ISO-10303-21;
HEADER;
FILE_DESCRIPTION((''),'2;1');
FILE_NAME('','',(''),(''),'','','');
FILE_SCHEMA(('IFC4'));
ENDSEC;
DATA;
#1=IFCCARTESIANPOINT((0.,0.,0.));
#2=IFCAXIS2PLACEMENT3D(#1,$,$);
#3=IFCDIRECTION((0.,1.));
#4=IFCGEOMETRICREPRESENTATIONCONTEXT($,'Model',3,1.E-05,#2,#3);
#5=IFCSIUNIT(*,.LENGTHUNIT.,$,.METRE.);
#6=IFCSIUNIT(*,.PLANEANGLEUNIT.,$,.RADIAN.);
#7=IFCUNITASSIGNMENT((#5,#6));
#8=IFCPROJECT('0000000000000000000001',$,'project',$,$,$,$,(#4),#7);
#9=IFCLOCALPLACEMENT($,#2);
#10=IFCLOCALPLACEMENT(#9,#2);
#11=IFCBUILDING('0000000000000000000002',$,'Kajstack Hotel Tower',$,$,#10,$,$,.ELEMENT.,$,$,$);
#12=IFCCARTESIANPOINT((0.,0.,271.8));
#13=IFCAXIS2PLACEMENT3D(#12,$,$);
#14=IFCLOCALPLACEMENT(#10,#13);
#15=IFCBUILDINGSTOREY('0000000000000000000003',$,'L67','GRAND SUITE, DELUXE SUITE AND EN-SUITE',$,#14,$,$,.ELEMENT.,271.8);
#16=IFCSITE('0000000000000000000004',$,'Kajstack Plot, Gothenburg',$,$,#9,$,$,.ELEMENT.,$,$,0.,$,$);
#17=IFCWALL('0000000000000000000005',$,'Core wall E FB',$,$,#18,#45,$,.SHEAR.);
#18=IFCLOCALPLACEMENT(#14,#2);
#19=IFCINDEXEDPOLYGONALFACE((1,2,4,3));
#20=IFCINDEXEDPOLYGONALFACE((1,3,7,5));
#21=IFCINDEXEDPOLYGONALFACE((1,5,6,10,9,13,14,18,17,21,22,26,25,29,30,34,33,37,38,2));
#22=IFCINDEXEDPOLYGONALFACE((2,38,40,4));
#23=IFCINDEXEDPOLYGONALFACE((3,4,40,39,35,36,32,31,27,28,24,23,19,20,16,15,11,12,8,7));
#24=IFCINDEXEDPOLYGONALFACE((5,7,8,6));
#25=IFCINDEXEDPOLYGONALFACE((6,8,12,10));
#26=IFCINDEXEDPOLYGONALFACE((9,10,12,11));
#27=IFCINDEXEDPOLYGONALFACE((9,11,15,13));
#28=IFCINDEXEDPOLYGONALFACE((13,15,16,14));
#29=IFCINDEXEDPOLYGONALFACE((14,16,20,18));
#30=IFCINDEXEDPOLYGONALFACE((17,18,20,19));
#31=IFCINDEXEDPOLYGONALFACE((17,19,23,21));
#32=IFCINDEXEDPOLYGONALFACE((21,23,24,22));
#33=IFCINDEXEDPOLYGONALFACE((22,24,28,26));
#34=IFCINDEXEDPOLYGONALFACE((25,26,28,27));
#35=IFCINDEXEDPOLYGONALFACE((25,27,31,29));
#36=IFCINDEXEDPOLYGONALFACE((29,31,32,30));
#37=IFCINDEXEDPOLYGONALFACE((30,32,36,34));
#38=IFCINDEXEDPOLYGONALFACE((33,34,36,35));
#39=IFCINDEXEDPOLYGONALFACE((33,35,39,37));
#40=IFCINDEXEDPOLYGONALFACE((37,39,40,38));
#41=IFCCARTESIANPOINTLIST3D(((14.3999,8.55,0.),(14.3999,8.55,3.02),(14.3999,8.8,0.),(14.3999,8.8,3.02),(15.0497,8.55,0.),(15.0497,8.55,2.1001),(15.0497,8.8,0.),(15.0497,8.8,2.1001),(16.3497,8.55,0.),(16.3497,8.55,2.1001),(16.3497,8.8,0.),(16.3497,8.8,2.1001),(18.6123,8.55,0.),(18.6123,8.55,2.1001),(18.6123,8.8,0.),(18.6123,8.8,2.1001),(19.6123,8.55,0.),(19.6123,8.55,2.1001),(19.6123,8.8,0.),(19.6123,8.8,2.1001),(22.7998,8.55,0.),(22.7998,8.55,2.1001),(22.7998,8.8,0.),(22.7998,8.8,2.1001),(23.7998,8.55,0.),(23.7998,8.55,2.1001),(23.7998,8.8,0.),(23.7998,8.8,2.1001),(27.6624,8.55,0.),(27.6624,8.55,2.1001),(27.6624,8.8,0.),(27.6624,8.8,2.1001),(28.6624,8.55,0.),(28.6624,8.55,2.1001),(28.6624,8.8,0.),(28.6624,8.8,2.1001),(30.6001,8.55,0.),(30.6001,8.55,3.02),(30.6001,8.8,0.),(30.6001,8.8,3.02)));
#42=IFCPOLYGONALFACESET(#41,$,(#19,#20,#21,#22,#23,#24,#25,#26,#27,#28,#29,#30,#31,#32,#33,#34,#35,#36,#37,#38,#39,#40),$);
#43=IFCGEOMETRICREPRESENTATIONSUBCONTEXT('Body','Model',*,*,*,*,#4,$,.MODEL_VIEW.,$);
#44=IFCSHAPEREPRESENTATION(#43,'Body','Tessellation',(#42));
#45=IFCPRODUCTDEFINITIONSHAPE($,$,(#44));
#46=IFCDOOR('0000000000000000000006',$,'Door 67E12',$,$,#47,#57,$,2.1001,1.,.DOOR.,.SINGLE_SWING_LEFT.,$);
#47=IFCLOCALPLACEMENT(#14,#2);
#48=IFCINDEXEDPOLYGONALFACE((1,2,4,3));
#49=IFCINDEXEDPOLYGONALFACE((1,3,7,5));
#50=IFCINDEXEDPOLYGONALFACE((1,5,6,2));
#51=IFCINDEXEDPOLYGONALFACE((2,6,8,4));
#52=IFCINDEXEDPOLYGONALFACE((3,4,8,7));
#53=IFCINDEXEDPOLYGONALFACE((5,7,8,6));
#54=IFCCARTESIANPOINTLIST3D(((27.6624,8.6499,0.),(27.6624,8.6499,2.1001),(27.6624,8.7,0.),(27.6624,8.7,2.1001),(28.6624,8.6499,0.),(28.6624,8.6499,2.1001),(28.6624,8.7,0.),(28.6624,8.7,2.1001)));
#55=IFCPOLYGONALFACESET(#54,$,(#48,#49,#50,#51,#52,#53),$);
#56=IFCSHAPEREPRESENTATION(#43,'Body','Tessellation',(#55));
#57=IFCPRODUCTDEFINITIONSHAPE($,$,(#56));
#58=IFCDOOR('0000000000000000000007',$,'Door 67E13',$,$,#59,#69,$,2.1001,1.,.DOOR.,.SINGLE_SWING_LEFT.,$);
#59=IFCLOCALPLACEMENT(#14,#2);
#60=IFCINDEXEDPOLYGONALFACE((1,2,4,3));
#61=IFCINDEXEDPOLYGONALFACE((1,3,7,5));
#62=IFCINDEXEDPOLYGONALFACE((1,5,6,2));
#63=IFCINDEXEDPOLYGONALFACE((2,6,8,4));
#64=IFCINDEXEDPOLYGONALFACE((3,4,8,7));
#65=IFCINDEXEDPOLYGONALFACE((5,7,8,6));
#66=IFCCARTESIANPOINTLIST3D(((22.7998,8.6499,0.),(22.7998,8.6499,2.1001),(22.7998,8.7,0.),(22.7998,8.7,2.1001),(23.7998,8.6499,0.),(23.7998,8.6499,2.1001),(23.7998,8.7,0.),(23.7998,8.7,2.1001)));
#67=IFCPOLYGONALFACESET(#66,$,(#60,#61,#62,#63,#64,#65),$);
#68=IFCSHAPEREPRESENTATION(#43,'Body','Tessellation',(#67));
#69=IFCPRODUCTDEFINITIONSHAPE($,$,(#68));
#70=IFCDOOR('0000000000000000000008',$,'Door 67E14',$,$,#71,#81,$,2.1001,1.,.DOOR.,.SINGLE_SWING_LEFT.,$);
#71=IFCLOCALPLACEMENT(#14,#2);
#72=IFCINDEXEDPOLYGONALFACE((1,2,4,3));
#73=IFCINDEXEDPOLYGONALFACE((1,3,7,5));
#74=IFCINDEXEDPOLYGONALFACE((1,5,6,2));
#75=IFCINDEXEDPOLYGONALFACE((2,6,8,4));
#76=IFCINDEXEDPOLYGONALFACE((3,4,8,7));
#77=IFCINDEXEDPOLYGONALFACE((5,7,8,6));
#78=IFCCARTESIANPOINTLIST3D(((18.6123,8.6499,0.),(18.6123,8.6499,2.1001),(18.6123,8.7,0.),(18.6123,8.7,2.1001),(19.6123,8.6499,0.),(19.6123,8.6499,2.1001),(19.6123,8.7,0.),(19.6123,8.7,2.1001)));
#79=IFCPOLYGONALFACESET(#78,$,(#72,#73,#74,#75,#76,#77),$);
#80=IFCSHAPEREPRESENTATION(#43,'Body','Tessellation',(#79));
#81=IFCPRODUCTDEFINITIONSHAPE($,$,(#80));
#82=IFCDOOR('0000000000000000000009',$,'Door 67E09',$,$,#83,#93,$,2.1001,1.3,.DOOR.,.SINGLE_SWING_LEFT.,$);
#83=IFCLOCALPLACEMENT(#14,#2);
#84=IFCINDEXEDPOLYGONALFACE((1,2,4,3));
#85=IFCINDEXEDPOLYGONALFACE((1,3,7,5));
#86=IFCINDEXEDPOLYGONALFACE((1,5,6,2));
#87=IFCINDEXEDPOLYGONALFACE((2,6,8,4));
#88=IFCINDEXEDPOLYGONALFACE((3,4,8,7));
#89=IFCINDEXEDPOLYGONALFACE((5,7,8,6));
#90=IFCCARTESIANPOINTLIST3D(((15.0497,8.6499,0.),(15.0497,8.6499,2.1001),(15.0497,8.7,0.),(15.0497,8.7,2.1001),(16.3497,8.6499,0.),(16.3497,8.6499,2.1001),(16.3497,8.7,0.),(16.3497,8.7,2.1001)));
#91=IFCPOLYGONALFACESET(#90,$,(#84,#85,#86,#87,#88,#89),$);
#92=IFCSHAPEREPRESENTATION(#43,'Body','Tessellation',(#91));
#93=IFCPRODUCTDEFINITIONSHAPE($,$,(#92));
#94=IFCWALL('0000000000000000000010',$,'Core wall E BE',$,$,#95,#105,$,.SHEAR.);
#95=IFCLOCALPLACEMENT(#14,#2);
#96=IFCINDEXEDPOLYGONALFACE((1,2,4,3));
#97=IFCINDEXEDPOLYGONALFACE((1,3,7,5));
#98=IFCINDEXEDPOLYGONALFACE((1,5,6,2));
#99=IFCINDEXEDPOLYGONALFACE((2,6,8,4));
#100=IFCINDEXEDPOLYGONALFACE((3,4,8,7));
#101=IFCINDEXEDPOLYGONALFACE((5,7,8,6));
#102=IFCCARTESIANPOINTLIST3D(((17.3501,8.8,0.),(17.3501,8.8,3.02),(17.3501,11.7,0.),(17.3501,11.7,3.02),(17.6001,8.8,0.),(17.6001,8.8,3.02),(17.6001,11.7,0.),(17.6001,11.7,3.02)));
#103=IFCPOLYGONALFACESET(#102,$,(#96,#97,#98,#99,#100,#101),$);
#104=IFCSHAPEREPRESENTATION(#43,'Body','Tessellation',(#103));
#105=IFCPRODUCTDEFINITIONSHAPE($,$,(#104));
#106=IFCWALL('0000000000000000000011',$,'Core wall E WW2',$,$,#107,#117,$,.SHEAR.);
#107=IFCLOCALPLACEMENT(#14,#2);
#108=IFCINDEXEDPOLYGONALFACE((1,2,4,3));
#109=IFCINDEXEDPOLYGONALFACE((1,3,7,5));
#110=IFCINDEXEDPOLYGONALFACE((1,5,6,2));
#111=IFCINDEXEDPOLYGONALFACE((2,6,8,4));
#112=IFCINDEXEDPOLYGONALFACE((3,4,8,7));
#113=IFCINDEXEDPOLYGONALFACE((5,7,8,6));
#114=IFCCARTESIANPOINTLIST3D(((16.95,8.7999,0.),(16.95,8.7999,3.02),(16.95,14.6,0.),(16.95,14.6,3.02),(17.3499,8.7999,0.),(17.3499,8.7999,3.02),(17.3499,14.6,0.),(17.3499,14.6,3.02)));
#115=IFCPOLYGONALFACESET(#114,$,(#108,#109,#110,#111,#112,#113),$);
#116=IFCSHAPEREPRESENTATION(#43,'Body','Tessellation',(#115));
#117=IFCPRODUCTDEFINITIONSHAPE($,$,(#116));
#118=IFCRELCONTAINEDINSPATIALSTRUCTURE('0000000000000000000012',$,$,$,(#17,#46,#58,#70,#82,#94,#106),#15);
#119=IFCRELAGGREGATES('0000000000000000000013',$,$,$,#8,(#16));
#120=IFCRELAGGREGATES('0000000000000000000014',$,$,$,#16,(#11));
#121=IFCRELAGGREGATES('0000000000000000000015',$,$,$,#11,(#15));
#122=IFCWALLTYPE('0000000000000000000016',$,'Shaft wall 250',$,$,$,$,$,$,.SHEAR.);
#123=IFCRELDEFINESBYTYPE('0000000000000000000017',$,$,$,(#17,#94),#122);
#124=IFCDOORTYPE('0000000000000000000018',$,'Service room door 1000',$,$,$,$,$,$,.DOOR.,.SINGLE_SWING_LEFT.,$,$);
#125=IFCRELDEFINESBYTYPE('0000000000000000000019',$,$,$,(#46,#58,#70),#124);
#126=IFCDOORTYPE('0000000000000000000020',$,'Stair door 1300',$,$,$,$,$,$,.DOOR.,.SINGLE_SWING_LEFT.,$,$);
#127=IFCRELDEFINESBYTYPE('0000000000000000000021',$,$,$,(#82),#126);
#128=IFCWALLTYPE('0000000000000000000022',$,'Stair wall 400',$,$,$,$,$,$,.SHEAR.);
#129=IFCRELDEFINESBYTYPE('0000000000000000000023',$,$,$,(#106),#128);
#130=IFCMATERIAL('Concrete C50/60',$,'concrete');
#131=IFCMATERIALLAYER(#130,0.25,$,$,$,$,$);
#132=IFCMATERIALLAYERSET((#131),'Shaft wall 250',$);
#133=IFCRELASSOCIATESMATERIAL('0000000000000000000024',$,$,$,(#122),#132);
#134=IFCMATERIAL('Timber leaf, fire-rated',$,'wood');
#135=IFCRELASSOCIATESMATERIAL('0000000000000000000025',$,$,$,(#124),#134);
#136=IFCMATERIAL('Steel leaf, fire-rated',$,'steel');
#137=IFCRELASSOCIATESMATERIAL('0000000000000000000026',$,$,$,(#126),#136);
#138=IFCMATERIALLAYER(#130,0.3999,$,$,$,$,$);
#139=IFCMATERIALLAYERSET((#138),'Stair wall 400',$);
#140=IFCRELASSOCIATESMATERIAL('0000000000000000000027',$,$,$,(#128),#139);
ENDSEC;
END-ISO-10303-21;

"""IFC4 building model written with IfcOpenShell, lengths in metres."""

from ifc_helpers import new_model, si_unit, direction, frame, frame_2d, origin, place, context, subcontext, project, spatial, rectangle, extrude, material, layer, layer_set, type_object, element, fill, save


model = new_model("IFC4")

# Units and contexts
model_context = context("Model", 3, precision=1e-05, world=origin(), true_north=direction((0.0, 1.0)))
body_context = subcontext(model_context, "Body", "Model", "MODEL_VIEW")
ifc_project = project(units=[si_unit("LENGTHUNIT", "METRE"), si_unit("PLANEANGLEUNIT", "RADIAN")], contexts=[model_context])

# Site, building, storey
site_placement = place(None, origin())
site = spatial("IfcSite", under=ifc_project, at=site_placement, Name="Kajstack Plot, Gothenburg", CompositionType="ELEMENT", RefElevation=0.0)
building_placement = place(site_placement, origin())
building = spatial("IfcBuilding", under=site, at=building_placement, Name="Kajstack Hotel Tower", CompositionType="ELEMENT")
storey_placement = place(building_placement, frame((0.0, 0.0, 271.8)))
storey = spatial("IfcBuildingStorey", under=building, at=storey_placement, Name="L67", Description="GRAND SUITE, DELUXE SUITE AND EN-SUITE", CompositionType="ELEMENT", Elevation=271.8)

# Wall, openings, doors
ifc_material_1 = material(Name="Concrete C50/60", Category="concrete")
ifc_layer_1 = layer(ifc_material_1, 0.25)
ifc_layer_set_1 = layer_set([ifc_layer_1], Name="Shaft wall 250")
wall_type_1 = type_object("IfcWallType", Name="Shaft wall 250", PredefinedType="SHEAR", material=ifc_layer_set_1)
ifc_material_2 = material(Name="Timber leaf, fire-rated", Category="wood")
door_type_1 = type_object("IfcDoorType", Name="Service room door 1000", OperationType="SINGLE_SWING_LEFT", PredefinedType="DOOR", material=ifc_material_2)
wall_1_placement = place(storey_placement, frame((14.3999, 8.675, 0.0), z_axis=(0.0, 0.0, 1.0), x_axis=(1.0, 0.0, 0.0)))
wall_1 = element("IfcWall", 1, at=wall_1_placement, inside=storey, type_object=wall_type_1, Name="Core wall E FB", PredefinedType="SHEAR", context=body_context, shape_type="SweptSolid", body=[
    extrude(rectangle(XDim=16.2002, YDim=0.25, at=frame_2d((8.1001, 0.0))), origin(), (0.0, 0.0, 1.0), 3.02),
])
opening_1_placement = place(wall_1_placement, frame((0.6499, 0.0, 0.0)))
opening_1 = element("IfcOpeningElement", 2, at=opening_1_placement, cuts=wall_1, PredefinedType="OPENING", context=body_context, shape_type="SweptSolid", body=[
    extrude(rectangle(XDim=1.3, YDim=2.1001, at=frame_2d((0.6499, 1.05))), frame((0.0, 0.135, 0.0), z_axis=(0.0, -1.0, 0.0), x_axis=(1.0, 0.0, 0.0)), (0.0, 0.0, 1.0), 0.27),
])
opening_2_placement = place(wall_1_placement, frame((13.2625, 0.0, 0.0)))
opening_2 = element("IfcOpeningElement", 3, at=opening_2_placement, cuts=wall_1, PredefinedType="OPENING", context=body_context, shape_type="SweptSolid", body=[
    extrude(rectangle(XDim=1.0, YDim=2.1001, at=frame_2d((0.5, 1.05))), frame((0.0, 0.135, 0.0), z_axis=(0.0, -1.0, 0.0), x_axis=(1.0, 0.0, 0.0)), (0.0, 0.0, 1.0), 0.27),
])
opening_3_placement = place(wall_1_placement, frame((8.3999, 0.0, 0.0)))
opening_3 = element("IfcOpeningElement", 4, at=opening_3_placement, cuts=wall_1, PredefinedType="OPENING", context=body_context, shape_type="SweptSolid", body=[
    extrude(rectangle(XDim=1.0, YDim=2.1001, at=frame_2d((0.5, 1.05))), frame((0.0, 0.135, 0.0), z_axis=(0.0, -1.0, 0.0), x_axis=(1.0, 0.0, 0.0)), (0.0, 0.0, 1.0), 0.27),
])
opening_4_placement = place(wall_1_placement, frame((4.2124, 0.0, 0.0)))
opening_4 = element("IfcOpeningElement", 5, at=opening_4_placement, cuts=wall_1, PredefinedType="OPENING", context=body_context, shape_type="SweptSolid", body=[
    extrude(rectangle(XDim=1.0, YDim=2.1001, at=frame_2d((0.5, 1.05))), frame((0.0, 0.135, 0.0), z_axis=(0.0, -1.0, 0.0), x_axis=(1.0, 0.0, 0.0)), (0.0, 0.0, 1.0), 0.27),
])
door_1_placement = place(opening_2_placement, origin())
door_1 = element("IfcDoor", 6, at=door_1_placement, inside=storey, type_object=door_type_1, Name="Door 67E12", OperationType="SINGLE_SWING_LEFT", OverallHeight=2.1001, OverallWidth=1.0, PredefinedType="DOOR", context=body_context, shape_type="SweptSolid", body=[
    extrude(rectangle(XDim=1.0, YDim=2.1001, at=frame_2d((0.5, 1.05))), frame((0.0, 0.0249, 0.0), z_axis=(0.0, -1.0, 0.0), x_axis=(1.0, 0.0, 0.0)), (0.0, 0.0, 1.0), 0.05),
])
fill(opening_2, door_1)
door_2_placement = place(opening_3_placement, origin())
door_2 = element("IfcDoor", 7, at=door_2_placement, inside=storey, type_object=door_type_1, Name="Door 67E13", OperationType="SINGLE_SWING_LEFT", OverallHeight=2.1001, OverallWidth=1.0, PredefinedType="DOOR", context=body_context, shape_type="SweptSolid", body=[
    extrude(rectangle(XDim=1.0, YDim=2.1001, at=frame_2d((0.5, 1.05))), frame((0.0, 0.0249, 0.0), z_axis=(0.0, -1.0, 0.0), x_axis=(1.0, 0.0, 0.0)), (0.0, 0.0, 1.0), 0.05),
])
fill(opening_3, door_2)
door_3_placement = place(opening_4_placement, origin())
door_3 = element("IfcDoor", 8, at=door_3_placement, inside=storey, type_object=door_type_1, Name="Door 67E14", OperationType="SINGLE_SWING_LEFT", OverallHeight=2.1001, OverallWidth=1.0, PredefinedType="DOOR", context=body_context, shape_type="SweptSolid", body=[
    extrude(rectangle(XDim=1.0, YDim=2.1001, at=frame_2d((0.5, 1.05))), frame((0.0, 0.0249, 0.0), z_axis=(0.0, -1.0, 0.0), x_axis=(1.0, 0.0, 0.0)), (0.0, 0.0, 1.0), 0.05),
])
fill(opening_4, door_3)
ifc_material_3 = material(Name="Steel leaf, fire-rated", Category="steel")
door_type_2 = type_object("IfcDoorType", Name="Stair door 1300", OperationType="SINGLE_SWING_LEFT", PredefinedType="DOOR", material=ifc_material_3)
door_4_placement = place(opening_1_placement, origin())
door_4 = element("IfcDoor", 9, at=door_4_placement, inside=storey, type_object=door_type_2, Name="Door 67E09", OperationType="SINGLE_SWING_LEFT", OverallHeight=2.1001, OverallWidth=1.3, PredefinedType="DOOR", context=body_context, shape_type="SweptSolid", body=[
    extrude(rectangle(XDim=1.3, YDim=2.1001, at=frame_2d((0.6499, 1.05))), frame((0.0, 0.0249, 0.0), z_axis=(0.0, -1.0, 0.0), x_axis=(1.0, 0.0, 0.0)), (0.0, 0.0, 1.0), 0.05),
])
fill(opening_1, door_4)

# Walls
wall_2_placement = place(storey_placement, frame((17.4751, 8.8, 0.0), z_axis=(0.0, 0.0, 1.0), x_axis=(0.0, 1.0, 0.0)))
element("IfcWall", 10, at=wall_2_placement, inside=storey, type_object=wall_type_1, Name="Core wall E BE", PredefinedType="SHEAR", context=body_context, shape_type="SweptSolid", body=[
    extrude(rectangle(XDim=2.8999, YDim=0.25, at=frame_2d((1.45, 0.0))), origin(), (0.0, 0.0, 1.0), 3.02),
])
ifc_layer_2 = layer(ifc_material_1, 0.3999)
ifc_layer_set_2 = layer_set([ifc_layer_2], Name="Stair wall 400")
wall_type_2 = type_object("IfcWallType", Name="Stair wall 400", PredefinedType="SHEAR", material=ifc_layer_set_2)
wall_3_placement = place(storey_placement, frame((17.1499, 8.8, 0.0), z_axis=(0.0, 0.0, 1.0), x_axis=(0.0, 1.0, 0.0)))
element("IfcWall", 11, at=wall_3_placement, inside=storey, type_object=wall_type_2, Name="Core wall E WW2", PredefinedType="SHEAR", context=body_context, shape_type="SweptSolid", body=[
    extrude(rectangle(XDim=5.8, YDim=0.3999, at=frame_2d((2.8999, 0.0))), origin(), (0.0, 0.0, 1.0), 3.02),
])

save(model, "model.ifc")
